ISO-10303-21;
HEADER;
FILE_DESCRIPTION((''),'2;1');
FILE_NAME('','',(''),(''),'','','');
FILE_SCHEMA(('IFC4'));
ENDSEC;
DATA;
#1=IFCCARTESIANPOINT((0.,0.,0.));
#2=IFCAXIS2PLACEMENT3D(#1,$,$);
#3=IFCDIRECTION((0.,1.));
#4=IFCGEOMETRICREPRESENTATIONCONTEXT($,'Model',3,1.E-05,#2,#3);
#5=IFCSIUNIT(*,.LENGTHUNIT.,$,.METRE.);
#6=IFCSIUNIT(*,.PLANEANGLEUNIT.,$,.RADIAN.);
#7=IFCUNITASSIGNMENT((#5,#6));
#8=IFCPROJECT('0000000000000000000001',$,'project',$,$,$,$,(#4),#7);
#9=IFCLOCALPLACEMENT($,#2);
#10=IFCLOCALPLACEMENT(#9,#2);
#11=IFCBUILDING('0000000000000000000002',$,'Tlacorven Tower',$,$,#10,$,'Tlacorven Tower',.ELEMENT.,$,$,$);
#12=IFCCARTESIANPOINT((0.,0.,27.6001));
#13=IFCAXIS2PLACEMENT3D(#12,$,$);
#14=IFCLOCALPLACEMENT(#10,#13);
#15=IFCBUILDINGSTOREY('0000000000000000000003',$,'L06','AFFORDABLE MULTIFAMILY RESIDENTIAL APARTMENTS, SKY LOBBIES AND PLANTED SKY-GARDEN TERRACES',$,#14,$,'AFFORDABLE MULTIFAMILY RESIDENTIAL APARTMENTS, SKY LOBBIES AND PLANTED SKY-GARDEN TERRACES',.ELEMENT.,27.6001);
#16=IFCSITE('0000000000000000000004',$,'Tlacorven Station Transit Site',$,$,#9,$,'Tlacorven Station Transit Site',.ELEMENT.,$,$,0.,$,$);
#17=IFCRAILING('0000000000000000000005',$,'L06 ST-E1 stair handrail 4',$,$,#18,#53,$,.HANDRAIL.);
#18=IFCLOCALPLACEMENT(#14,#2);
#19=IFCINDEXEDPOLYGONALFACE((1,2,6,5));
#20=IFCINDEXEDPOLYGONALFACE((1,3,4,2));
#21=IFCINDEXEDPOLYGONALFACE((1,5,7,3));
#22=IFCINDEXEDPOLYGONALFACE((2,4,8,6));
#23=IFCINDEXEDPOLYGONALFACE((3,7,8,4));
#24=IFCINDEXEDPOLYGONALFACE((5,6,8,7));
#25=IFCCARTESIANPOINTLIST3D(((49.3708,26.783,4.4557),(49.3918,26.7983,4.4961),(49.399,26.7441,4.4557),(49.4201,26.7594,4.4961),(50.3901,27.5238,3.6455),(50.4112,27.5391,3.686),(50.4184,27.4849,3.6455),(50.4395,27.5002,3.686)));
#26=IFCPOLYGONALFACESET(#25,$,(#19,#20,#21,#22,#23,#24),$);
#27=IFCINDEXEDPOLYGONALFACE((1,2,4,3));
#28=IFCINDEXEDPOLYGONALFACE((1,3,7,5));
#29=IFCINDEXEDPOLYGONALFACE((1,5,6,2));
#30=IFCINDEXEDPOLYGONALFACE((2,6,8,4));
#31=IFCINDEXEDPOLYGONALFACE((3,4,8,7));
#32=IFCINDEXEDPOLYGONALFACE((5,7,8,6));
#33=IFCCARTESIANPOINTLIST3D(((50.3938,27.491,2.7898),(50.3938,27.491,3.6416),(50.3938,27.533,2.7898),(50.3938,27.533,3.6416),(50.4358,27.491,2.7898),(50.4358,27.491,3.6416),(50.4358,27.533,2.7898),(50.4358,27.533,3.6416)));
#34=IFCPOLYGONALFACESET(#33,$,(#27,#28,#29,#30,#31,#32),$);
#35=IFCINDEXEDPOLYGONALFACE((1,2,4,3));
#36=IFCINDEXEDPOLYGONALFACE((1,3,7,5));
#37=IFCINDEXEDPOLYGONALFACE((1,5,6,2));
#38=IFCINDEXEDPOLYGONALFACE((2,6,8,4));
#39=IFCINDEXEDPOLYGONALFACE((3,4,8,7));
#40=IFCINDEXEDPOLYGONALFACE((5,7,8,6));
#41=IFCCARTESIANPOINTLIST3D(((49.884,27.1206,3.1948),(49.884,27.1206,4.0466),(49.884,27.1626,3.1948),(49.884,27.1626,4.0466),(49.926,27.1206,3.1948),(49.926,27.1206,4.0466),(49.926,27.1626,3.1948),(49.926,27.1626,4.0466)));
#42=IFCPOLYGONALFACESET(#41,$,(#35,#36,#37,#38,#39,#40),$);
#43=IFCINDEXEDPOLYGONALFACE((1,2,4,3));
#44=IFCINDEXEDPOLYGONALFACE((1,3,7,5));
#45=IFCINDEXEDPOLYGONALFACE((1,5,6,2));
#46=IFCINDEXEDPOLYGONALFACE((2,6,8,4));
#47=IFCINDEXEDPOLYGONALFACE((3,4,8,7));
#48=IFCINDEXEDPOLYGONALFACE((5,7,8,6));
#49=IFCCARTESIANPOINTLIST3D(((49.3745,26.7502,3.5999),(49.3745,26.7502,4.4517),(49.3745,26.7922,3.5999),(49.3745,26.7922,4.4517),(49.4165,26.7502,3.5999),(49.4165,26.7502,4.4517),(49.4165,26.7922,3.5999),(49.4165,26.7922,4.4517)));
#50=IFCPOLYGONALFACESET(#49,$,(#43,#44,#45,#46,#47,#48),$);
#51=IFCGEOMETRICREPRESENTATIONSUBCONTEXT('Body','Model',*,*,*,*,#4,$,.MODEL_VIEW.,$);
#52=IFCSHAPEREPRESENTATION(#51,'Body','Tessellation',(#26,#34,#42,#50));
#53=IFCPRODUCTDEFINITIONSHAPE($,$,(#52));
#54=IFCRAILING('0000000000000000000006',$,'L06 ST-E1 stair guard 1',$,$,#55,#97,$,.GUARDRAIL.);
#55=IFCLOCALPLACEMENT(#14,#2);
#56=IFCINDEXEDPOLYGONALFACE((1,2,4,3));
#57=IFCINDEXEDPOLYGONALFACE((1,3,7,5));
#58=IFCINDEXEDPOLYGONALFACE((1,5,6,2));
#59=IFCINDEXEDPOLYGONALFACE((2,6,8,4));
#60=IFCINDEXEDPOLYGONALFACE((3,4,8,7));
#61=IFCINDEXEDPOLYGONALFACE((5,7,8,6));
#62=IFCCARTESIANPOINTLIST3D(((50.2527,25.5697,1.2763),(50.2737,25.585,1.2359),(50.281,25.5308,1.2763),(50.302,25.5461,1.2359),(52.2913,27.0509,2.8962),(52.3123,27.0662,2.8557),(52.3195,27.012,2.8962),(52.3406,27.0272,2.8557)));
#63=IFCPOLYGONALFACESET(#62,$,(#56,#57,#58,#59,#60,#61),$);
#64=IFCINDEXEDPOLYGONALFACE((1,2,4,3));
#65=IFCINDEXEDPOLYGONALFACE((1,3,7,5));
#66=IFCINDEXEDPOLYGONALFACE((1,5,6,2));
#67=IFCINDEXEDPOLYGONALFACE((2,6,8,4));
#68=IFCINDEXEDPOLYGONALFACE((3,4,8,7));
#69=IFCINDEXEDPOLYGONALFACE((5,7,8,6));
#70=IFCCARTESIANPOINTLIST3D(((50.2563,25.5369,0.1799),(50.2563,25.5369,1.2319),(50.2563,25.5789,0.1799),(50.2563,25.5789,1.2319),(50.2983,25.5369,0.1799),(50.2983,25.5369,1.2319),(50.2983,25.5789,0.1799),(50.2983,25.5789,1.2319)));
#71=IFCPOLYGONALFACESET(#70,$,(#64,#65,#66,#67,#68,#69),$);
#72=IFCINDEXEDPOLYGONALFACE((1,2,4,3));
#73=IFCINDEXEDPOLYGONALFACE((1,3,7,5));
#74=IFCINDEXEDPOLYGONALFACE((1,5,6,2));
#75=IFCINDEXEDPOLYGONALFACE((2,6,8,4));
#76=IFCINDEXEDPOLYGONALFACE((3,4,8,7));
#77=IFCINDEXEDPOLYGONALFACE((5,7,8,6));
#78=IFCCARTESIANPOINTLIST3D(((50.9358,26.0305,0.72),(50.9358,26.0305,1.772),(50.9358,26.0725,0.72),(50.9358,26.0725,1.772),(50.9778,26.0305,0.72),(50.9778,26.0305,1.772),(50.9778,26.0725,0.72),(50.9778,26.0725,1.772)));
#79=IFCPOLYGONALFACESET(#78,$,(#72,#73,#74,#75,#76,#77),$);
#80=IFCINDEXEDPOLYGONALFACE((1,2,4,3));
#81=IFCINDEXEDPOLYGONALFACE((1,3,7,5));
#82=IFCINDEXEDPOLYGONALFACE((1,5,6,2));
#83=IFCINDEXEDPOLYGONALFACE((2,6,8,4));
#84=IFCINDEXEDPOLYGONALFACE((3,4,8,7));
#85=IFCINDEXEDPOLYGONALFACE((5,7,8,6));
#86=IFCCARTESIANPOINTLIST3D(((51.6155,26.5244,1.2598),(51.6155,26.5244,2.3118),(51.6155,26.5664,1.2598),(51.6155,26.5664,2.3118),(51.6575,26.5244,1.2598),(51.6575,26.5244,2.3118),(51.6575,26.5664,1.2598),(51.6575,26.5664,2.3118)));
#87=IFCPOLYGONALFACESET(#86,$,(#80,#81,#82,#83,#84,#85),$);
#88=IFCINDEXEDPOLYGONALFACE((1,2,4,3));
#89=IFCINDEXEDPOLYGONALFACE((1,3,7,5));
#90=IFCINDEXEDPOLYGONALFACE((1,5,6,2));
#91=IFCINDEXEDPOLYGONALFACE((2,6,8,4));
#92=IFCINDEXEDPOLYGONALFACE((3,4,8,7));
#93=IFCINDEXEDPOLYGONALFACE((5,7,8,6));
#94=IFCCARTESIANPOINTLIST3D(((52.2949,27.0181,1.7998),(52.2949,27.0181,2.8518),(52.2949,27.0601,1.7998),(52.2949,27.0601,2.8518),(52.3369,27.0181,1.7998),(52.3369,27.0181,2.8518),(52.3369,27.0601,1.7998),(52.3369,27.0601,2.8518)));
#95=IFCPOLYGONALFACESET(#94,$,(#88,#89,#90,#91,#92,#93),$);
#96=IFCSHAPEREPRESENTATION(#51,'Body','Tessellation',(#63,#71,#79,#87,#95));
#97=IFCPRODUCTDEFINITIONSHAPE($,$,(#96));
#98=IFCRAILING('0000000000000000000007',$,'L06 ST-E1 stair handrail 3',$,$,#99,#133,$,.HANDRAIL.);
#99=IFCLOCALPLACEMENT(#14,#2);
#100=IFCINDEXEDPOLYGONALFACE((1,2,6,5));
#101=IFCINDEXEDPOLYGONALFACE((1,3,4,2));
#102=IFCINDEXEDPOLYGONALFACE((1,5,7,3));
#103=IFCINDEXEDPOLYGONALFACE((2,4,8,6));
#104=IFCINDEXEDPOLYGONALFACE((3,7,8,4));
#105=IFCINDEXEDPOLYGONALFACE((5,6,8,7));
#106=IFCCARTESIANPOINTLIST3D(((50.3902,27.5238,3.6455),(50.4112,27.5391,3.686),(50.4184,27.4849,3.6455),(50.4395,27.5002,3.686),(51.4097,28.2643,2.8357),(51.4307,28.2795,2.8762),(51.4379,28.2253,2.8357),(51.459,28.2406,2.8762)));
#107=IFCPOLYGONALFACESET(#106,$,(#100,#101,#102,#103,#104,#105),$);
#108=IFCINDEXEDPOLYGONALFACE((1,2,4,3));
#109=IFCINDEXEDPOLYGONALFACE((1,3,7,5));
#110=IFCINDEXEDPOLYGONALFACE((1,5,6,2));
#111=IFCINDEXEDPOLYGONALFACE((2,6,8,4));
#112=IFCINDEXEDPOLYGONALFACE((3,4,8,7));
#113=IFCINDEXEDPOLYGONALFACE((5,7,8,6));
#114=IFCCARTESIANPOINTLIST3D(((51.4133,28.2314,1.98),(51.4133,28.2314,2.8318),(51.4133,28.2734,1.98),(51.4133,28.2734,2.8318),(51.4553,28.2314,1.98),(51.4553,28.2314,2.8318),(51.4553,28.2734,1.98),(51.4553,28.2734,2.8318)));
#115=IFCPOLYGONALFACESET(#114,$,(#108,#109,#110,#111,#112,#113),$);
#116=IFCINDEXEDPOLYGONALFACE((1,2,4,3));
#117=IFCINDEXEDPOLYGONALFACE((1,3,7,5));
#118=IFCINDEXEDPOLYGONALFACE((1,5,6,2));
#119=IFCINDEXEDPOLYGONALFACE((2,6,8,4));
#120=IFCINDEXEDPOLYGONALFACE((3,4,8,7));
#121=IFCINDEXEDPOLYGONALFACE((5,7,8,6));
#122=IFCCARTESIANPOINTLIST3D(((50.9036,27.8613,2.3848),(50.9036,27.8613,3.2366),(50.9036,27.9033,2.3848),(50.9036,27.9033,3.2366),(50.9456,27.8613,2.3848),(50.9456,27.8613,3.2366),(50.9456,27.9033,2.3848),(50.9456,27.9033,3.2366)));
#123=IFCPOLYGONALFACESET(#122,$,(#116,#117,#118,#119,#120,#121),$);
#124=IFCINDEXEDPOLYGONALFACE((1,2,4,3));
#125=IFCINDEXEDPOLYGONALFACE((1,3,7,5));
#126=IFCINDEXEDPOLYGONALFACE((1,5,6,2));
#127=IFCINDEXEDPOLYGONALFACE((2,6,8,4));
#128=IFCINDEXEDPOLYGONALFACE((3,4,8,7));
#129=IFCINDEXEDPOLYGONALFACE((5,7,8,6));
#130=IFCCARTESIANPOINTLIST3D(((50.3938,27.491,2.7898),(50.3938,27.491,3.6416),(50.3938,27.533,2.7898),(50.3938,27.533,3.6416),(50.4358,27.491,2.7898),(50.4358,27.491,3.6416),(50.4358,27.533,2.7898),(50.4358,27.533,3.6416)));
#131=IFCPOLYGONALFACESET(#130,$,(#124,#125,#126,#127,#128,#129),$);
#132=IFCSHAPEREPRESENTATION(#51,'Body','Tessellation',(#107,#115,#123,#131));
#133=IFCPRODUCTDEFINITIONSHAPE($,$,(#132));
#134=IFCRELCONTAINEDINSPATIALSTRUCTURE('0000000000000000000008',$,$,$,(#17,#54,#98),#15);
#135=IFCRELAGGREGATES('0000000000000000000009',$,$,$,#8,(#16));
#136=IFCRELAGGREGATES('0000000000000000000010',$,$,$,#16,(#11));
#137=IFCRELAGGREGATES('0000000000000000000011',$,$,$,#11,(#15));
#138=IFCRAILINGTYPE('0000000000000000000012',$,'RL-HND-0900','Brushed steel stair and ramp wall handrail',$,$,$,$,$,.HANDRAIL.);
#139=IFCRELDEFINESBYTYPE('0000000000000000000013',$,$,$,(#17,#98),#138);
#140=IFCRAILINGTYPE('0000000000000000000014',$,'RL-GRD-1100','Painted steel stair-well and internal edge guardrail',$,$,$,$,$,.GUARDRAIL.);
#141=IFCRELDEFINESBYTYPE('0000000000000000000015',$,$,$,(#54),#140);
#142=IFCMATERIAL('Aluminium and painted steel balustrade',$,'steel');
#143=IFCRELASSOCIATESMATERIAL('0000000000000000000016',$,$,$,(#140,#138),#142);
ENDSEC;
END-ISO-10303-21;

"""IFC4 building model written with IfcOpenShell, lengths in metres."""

from ifc_helpers import new_model, si_unit, direction, frame, origin, origin_2d, place, context, subcontext, project, spatial, rectangle, extrude, source, transform, mapped, material, type_object, element, save


model = new_model("IFC4")

# Units and contexts
model_context = context("Model", 3, precision=1e-05, world=origin(), true_north=direction((0.0, 1.0)))
body_context = subcontext(model_context, "Body", "Model", "MODEL_VIEW")
ifc_project = project(units=[si_unit("LENGTHUNIT", "METRE"), si_unit("PLANEANGLEUNIT", "RADIAN")], contexts=[model_context])

# Site, building, storey
site_placement = place(None, origin())
site = spatial("IfcSite", under=ifc_project, at=site_placement, Name="Tlacorven Station Transit Site", LongName="Tlacorven Station Transit Site", CompositionType="ELEMENT", RefElevation=0.0)
building_placement = place(site_placement, origin())
building = spatial("IfcBuilding", under=site, at=building_placement, Name="Tlacorven Tower", LongName="Tlacorven Tower", CompositionType="ELEMENT")
storey_placement = place(building_placement, frame((0.0, 0.0, 27.6001)))
storey = spatial("IfcBuildingStorey", under=building, at=storey_placement, Name="L06", Description="AFFORDABLE MULTIFAMILY RESIDENTIAL APARTMENTS, SKY LOBBIES AND PLANTED SKY-GARDEN TERRACES", LongName="AFFORDABLE MULTIFAMILY RESIDENTIAL APARTMENTS, SKY LOBBIES AND PLANTED SKY-GARDEN TERRACES", CompositionType="ELEMENT", Elevation=27.6001)

# Railings
ifc_material_1 = material(Name="Aluminium and painted steel balustrade", Category="steel")
railing_type_1 = type_object("IfcRailingType", Name="RL-GRD-1100", Description="Painted steel stair-well and internal edge guardrail", PredefinedType="GUARDRAIL", material=ifc_material_1)
railing_type_2 = type_object("IfcRailingType", Name="RL-HND-0900", Description="Brushed steel stair and ramp wall handrail", PredefinedType="HANDRAIL", material=ifc_material_1)
shared_shape_1 = source(origin(), body_context, "Body", "SweptSolid", [
    extrude(rectangle(XDim=0.0481, YDim=0.0481, at=origin_2d()), frame((0.0, 0.0, 0.876), z_axis=(-0.680461, -0.494496, 0.540783), x_axis=(0.587872, -0.808954, 0.0)), (0.0, 0.0, 1.0), 1.498),
    extrude(rectangle(XDim=0.042, YDim=0.042, at=origin_2d()), origin(), (0.0, 0.0, 1.0), 0.8518),
    extrude(rectangle(XDim=0.042, YDim=0.042, at=origin_2d()), frame((-0.5098, -0.3704, 0.405)), (0.0, 0.0, 1.0), 0.8518),
    extrude(rectangle(XDim=0.042, YDim=0.042, at=origin_2d()), frame((-1.0193, -0.7407, 0.8101)), (0.0, 0.0, 1.0), 0.8518),
])
railing_1_placement = place(storey_placement, frame((50.4148, 27.512, 2.7898)))
element("IfcRailing", 1, at=railing_1_placement, inside=storey, type_object=railing_type_2, Name="L06 ST-E1 stair handrail 4", PredefinedType="HANDRAIL", context=body_context, shape_type="MappedRepresentation", body=[
    mapped(shared_shape_1, transform((0.0, 0.0, 0.0), scale=1.0)),
])
shared_shape_2 = source(origin(), body_context, "Body", "SweptSolid", [
    extrude(rectangle(XDim=0.0481, YDim=0.0481, at=origin_2d()), frame((0.0, 0.0, 1.0762), z_axis=(0.680519, 0.494456, 0.540747), x_axis=(-0.587809, 0.809, 0.0)), (0.0, 0.0, 1.0), 2.9956),
    extrude(rectangle(XDim=0.042, YDim=0.042, at=origin_2d()), origin(), (0.0, 0.0, 1.0), 1.052),
    extrude(rectangle(XDim=0.042, YDim=0.042, at=origin_2d()), frame((0.6794, 0.4937, 0.54)), (0.0, 0.0, 1.0), 1.052),
    extrude(rectangle(XDim=0.042, YDim=0.042, at=origin_2d()), frame((1.3591, 0.9875, 1.0798)), (0.0, 0.0, 1.0), 1.052),
    extrude(rectangle(XDim=0.042, YDim=0.042, at=origin_2d()), frame((2.0386, 1.4812, 1.6199)), (0.0, 0.0, 1.0), 1.052),
])
railing_2_placement = place(storey_placement, frame((50.2773, 25.5579, 0.1799)))
element("IfcRailing", 2, at=railing_2_placement, inside=storey, type_object=railing_type_1, Name="L06 ST-E1 stair guard 1", PredefinedType="GUARDRAIL", context=body_context, shape_type="MappedRepresentation", body=[
    mapped(shared_shape_2, transform((0.0, 0.0, 0.0), scale=1.0)),
])
shared_shape_3 = source(origin(), body_context, "Body", "SweptSolid", [
    extrude(rectangle(XDim=0.0481, YDim=0.0481, at=origin_2d()), frame((0.0, 0.0, 0.876), z_axis=(-0.680664, -0.494361, 0.540652), x_axis=(0.587653, -0.809113, 0.0)), (0.0, 0.0, 1.0), 1.4978),
    extrude(rectangle(XDim=0.042, YDim=0.042, at=origin_2d()), origin(), (0.0, 0.0, 1.0), 0.8518),
    extrude(rectangle(XDim=0.042, YDim=0.042, at=origin_2d()), frame((-0.5098, -0.3701, 0.4048)), (0.0, 0.0, 1.0), 0.8518),
    extrude(rectangle(XDim=0.042, YDim=0.042, at=origin_2d()), frame((-1.0195, -0.7405, 0.8098)), (0.0, 0.0, 1.0), 0.8518),
])
railing_3_placement = place(storey_placement, frame((51.4343, 28.2524, 1.98)))
element("IfcRailing", 3, at=railing_3_placement, inside=storey, type_object=railing_type_2, Name="L06 ST-E1 stair handrail 3", PredefinedType="HANDRAIL", context=body_context, shape_type="MappedRepresentation", body=[
    mapped(shared_shape_3, transform((0.0, 0.0, 0.0), scale=1.0)),
])

save(model, "model.ifc")
